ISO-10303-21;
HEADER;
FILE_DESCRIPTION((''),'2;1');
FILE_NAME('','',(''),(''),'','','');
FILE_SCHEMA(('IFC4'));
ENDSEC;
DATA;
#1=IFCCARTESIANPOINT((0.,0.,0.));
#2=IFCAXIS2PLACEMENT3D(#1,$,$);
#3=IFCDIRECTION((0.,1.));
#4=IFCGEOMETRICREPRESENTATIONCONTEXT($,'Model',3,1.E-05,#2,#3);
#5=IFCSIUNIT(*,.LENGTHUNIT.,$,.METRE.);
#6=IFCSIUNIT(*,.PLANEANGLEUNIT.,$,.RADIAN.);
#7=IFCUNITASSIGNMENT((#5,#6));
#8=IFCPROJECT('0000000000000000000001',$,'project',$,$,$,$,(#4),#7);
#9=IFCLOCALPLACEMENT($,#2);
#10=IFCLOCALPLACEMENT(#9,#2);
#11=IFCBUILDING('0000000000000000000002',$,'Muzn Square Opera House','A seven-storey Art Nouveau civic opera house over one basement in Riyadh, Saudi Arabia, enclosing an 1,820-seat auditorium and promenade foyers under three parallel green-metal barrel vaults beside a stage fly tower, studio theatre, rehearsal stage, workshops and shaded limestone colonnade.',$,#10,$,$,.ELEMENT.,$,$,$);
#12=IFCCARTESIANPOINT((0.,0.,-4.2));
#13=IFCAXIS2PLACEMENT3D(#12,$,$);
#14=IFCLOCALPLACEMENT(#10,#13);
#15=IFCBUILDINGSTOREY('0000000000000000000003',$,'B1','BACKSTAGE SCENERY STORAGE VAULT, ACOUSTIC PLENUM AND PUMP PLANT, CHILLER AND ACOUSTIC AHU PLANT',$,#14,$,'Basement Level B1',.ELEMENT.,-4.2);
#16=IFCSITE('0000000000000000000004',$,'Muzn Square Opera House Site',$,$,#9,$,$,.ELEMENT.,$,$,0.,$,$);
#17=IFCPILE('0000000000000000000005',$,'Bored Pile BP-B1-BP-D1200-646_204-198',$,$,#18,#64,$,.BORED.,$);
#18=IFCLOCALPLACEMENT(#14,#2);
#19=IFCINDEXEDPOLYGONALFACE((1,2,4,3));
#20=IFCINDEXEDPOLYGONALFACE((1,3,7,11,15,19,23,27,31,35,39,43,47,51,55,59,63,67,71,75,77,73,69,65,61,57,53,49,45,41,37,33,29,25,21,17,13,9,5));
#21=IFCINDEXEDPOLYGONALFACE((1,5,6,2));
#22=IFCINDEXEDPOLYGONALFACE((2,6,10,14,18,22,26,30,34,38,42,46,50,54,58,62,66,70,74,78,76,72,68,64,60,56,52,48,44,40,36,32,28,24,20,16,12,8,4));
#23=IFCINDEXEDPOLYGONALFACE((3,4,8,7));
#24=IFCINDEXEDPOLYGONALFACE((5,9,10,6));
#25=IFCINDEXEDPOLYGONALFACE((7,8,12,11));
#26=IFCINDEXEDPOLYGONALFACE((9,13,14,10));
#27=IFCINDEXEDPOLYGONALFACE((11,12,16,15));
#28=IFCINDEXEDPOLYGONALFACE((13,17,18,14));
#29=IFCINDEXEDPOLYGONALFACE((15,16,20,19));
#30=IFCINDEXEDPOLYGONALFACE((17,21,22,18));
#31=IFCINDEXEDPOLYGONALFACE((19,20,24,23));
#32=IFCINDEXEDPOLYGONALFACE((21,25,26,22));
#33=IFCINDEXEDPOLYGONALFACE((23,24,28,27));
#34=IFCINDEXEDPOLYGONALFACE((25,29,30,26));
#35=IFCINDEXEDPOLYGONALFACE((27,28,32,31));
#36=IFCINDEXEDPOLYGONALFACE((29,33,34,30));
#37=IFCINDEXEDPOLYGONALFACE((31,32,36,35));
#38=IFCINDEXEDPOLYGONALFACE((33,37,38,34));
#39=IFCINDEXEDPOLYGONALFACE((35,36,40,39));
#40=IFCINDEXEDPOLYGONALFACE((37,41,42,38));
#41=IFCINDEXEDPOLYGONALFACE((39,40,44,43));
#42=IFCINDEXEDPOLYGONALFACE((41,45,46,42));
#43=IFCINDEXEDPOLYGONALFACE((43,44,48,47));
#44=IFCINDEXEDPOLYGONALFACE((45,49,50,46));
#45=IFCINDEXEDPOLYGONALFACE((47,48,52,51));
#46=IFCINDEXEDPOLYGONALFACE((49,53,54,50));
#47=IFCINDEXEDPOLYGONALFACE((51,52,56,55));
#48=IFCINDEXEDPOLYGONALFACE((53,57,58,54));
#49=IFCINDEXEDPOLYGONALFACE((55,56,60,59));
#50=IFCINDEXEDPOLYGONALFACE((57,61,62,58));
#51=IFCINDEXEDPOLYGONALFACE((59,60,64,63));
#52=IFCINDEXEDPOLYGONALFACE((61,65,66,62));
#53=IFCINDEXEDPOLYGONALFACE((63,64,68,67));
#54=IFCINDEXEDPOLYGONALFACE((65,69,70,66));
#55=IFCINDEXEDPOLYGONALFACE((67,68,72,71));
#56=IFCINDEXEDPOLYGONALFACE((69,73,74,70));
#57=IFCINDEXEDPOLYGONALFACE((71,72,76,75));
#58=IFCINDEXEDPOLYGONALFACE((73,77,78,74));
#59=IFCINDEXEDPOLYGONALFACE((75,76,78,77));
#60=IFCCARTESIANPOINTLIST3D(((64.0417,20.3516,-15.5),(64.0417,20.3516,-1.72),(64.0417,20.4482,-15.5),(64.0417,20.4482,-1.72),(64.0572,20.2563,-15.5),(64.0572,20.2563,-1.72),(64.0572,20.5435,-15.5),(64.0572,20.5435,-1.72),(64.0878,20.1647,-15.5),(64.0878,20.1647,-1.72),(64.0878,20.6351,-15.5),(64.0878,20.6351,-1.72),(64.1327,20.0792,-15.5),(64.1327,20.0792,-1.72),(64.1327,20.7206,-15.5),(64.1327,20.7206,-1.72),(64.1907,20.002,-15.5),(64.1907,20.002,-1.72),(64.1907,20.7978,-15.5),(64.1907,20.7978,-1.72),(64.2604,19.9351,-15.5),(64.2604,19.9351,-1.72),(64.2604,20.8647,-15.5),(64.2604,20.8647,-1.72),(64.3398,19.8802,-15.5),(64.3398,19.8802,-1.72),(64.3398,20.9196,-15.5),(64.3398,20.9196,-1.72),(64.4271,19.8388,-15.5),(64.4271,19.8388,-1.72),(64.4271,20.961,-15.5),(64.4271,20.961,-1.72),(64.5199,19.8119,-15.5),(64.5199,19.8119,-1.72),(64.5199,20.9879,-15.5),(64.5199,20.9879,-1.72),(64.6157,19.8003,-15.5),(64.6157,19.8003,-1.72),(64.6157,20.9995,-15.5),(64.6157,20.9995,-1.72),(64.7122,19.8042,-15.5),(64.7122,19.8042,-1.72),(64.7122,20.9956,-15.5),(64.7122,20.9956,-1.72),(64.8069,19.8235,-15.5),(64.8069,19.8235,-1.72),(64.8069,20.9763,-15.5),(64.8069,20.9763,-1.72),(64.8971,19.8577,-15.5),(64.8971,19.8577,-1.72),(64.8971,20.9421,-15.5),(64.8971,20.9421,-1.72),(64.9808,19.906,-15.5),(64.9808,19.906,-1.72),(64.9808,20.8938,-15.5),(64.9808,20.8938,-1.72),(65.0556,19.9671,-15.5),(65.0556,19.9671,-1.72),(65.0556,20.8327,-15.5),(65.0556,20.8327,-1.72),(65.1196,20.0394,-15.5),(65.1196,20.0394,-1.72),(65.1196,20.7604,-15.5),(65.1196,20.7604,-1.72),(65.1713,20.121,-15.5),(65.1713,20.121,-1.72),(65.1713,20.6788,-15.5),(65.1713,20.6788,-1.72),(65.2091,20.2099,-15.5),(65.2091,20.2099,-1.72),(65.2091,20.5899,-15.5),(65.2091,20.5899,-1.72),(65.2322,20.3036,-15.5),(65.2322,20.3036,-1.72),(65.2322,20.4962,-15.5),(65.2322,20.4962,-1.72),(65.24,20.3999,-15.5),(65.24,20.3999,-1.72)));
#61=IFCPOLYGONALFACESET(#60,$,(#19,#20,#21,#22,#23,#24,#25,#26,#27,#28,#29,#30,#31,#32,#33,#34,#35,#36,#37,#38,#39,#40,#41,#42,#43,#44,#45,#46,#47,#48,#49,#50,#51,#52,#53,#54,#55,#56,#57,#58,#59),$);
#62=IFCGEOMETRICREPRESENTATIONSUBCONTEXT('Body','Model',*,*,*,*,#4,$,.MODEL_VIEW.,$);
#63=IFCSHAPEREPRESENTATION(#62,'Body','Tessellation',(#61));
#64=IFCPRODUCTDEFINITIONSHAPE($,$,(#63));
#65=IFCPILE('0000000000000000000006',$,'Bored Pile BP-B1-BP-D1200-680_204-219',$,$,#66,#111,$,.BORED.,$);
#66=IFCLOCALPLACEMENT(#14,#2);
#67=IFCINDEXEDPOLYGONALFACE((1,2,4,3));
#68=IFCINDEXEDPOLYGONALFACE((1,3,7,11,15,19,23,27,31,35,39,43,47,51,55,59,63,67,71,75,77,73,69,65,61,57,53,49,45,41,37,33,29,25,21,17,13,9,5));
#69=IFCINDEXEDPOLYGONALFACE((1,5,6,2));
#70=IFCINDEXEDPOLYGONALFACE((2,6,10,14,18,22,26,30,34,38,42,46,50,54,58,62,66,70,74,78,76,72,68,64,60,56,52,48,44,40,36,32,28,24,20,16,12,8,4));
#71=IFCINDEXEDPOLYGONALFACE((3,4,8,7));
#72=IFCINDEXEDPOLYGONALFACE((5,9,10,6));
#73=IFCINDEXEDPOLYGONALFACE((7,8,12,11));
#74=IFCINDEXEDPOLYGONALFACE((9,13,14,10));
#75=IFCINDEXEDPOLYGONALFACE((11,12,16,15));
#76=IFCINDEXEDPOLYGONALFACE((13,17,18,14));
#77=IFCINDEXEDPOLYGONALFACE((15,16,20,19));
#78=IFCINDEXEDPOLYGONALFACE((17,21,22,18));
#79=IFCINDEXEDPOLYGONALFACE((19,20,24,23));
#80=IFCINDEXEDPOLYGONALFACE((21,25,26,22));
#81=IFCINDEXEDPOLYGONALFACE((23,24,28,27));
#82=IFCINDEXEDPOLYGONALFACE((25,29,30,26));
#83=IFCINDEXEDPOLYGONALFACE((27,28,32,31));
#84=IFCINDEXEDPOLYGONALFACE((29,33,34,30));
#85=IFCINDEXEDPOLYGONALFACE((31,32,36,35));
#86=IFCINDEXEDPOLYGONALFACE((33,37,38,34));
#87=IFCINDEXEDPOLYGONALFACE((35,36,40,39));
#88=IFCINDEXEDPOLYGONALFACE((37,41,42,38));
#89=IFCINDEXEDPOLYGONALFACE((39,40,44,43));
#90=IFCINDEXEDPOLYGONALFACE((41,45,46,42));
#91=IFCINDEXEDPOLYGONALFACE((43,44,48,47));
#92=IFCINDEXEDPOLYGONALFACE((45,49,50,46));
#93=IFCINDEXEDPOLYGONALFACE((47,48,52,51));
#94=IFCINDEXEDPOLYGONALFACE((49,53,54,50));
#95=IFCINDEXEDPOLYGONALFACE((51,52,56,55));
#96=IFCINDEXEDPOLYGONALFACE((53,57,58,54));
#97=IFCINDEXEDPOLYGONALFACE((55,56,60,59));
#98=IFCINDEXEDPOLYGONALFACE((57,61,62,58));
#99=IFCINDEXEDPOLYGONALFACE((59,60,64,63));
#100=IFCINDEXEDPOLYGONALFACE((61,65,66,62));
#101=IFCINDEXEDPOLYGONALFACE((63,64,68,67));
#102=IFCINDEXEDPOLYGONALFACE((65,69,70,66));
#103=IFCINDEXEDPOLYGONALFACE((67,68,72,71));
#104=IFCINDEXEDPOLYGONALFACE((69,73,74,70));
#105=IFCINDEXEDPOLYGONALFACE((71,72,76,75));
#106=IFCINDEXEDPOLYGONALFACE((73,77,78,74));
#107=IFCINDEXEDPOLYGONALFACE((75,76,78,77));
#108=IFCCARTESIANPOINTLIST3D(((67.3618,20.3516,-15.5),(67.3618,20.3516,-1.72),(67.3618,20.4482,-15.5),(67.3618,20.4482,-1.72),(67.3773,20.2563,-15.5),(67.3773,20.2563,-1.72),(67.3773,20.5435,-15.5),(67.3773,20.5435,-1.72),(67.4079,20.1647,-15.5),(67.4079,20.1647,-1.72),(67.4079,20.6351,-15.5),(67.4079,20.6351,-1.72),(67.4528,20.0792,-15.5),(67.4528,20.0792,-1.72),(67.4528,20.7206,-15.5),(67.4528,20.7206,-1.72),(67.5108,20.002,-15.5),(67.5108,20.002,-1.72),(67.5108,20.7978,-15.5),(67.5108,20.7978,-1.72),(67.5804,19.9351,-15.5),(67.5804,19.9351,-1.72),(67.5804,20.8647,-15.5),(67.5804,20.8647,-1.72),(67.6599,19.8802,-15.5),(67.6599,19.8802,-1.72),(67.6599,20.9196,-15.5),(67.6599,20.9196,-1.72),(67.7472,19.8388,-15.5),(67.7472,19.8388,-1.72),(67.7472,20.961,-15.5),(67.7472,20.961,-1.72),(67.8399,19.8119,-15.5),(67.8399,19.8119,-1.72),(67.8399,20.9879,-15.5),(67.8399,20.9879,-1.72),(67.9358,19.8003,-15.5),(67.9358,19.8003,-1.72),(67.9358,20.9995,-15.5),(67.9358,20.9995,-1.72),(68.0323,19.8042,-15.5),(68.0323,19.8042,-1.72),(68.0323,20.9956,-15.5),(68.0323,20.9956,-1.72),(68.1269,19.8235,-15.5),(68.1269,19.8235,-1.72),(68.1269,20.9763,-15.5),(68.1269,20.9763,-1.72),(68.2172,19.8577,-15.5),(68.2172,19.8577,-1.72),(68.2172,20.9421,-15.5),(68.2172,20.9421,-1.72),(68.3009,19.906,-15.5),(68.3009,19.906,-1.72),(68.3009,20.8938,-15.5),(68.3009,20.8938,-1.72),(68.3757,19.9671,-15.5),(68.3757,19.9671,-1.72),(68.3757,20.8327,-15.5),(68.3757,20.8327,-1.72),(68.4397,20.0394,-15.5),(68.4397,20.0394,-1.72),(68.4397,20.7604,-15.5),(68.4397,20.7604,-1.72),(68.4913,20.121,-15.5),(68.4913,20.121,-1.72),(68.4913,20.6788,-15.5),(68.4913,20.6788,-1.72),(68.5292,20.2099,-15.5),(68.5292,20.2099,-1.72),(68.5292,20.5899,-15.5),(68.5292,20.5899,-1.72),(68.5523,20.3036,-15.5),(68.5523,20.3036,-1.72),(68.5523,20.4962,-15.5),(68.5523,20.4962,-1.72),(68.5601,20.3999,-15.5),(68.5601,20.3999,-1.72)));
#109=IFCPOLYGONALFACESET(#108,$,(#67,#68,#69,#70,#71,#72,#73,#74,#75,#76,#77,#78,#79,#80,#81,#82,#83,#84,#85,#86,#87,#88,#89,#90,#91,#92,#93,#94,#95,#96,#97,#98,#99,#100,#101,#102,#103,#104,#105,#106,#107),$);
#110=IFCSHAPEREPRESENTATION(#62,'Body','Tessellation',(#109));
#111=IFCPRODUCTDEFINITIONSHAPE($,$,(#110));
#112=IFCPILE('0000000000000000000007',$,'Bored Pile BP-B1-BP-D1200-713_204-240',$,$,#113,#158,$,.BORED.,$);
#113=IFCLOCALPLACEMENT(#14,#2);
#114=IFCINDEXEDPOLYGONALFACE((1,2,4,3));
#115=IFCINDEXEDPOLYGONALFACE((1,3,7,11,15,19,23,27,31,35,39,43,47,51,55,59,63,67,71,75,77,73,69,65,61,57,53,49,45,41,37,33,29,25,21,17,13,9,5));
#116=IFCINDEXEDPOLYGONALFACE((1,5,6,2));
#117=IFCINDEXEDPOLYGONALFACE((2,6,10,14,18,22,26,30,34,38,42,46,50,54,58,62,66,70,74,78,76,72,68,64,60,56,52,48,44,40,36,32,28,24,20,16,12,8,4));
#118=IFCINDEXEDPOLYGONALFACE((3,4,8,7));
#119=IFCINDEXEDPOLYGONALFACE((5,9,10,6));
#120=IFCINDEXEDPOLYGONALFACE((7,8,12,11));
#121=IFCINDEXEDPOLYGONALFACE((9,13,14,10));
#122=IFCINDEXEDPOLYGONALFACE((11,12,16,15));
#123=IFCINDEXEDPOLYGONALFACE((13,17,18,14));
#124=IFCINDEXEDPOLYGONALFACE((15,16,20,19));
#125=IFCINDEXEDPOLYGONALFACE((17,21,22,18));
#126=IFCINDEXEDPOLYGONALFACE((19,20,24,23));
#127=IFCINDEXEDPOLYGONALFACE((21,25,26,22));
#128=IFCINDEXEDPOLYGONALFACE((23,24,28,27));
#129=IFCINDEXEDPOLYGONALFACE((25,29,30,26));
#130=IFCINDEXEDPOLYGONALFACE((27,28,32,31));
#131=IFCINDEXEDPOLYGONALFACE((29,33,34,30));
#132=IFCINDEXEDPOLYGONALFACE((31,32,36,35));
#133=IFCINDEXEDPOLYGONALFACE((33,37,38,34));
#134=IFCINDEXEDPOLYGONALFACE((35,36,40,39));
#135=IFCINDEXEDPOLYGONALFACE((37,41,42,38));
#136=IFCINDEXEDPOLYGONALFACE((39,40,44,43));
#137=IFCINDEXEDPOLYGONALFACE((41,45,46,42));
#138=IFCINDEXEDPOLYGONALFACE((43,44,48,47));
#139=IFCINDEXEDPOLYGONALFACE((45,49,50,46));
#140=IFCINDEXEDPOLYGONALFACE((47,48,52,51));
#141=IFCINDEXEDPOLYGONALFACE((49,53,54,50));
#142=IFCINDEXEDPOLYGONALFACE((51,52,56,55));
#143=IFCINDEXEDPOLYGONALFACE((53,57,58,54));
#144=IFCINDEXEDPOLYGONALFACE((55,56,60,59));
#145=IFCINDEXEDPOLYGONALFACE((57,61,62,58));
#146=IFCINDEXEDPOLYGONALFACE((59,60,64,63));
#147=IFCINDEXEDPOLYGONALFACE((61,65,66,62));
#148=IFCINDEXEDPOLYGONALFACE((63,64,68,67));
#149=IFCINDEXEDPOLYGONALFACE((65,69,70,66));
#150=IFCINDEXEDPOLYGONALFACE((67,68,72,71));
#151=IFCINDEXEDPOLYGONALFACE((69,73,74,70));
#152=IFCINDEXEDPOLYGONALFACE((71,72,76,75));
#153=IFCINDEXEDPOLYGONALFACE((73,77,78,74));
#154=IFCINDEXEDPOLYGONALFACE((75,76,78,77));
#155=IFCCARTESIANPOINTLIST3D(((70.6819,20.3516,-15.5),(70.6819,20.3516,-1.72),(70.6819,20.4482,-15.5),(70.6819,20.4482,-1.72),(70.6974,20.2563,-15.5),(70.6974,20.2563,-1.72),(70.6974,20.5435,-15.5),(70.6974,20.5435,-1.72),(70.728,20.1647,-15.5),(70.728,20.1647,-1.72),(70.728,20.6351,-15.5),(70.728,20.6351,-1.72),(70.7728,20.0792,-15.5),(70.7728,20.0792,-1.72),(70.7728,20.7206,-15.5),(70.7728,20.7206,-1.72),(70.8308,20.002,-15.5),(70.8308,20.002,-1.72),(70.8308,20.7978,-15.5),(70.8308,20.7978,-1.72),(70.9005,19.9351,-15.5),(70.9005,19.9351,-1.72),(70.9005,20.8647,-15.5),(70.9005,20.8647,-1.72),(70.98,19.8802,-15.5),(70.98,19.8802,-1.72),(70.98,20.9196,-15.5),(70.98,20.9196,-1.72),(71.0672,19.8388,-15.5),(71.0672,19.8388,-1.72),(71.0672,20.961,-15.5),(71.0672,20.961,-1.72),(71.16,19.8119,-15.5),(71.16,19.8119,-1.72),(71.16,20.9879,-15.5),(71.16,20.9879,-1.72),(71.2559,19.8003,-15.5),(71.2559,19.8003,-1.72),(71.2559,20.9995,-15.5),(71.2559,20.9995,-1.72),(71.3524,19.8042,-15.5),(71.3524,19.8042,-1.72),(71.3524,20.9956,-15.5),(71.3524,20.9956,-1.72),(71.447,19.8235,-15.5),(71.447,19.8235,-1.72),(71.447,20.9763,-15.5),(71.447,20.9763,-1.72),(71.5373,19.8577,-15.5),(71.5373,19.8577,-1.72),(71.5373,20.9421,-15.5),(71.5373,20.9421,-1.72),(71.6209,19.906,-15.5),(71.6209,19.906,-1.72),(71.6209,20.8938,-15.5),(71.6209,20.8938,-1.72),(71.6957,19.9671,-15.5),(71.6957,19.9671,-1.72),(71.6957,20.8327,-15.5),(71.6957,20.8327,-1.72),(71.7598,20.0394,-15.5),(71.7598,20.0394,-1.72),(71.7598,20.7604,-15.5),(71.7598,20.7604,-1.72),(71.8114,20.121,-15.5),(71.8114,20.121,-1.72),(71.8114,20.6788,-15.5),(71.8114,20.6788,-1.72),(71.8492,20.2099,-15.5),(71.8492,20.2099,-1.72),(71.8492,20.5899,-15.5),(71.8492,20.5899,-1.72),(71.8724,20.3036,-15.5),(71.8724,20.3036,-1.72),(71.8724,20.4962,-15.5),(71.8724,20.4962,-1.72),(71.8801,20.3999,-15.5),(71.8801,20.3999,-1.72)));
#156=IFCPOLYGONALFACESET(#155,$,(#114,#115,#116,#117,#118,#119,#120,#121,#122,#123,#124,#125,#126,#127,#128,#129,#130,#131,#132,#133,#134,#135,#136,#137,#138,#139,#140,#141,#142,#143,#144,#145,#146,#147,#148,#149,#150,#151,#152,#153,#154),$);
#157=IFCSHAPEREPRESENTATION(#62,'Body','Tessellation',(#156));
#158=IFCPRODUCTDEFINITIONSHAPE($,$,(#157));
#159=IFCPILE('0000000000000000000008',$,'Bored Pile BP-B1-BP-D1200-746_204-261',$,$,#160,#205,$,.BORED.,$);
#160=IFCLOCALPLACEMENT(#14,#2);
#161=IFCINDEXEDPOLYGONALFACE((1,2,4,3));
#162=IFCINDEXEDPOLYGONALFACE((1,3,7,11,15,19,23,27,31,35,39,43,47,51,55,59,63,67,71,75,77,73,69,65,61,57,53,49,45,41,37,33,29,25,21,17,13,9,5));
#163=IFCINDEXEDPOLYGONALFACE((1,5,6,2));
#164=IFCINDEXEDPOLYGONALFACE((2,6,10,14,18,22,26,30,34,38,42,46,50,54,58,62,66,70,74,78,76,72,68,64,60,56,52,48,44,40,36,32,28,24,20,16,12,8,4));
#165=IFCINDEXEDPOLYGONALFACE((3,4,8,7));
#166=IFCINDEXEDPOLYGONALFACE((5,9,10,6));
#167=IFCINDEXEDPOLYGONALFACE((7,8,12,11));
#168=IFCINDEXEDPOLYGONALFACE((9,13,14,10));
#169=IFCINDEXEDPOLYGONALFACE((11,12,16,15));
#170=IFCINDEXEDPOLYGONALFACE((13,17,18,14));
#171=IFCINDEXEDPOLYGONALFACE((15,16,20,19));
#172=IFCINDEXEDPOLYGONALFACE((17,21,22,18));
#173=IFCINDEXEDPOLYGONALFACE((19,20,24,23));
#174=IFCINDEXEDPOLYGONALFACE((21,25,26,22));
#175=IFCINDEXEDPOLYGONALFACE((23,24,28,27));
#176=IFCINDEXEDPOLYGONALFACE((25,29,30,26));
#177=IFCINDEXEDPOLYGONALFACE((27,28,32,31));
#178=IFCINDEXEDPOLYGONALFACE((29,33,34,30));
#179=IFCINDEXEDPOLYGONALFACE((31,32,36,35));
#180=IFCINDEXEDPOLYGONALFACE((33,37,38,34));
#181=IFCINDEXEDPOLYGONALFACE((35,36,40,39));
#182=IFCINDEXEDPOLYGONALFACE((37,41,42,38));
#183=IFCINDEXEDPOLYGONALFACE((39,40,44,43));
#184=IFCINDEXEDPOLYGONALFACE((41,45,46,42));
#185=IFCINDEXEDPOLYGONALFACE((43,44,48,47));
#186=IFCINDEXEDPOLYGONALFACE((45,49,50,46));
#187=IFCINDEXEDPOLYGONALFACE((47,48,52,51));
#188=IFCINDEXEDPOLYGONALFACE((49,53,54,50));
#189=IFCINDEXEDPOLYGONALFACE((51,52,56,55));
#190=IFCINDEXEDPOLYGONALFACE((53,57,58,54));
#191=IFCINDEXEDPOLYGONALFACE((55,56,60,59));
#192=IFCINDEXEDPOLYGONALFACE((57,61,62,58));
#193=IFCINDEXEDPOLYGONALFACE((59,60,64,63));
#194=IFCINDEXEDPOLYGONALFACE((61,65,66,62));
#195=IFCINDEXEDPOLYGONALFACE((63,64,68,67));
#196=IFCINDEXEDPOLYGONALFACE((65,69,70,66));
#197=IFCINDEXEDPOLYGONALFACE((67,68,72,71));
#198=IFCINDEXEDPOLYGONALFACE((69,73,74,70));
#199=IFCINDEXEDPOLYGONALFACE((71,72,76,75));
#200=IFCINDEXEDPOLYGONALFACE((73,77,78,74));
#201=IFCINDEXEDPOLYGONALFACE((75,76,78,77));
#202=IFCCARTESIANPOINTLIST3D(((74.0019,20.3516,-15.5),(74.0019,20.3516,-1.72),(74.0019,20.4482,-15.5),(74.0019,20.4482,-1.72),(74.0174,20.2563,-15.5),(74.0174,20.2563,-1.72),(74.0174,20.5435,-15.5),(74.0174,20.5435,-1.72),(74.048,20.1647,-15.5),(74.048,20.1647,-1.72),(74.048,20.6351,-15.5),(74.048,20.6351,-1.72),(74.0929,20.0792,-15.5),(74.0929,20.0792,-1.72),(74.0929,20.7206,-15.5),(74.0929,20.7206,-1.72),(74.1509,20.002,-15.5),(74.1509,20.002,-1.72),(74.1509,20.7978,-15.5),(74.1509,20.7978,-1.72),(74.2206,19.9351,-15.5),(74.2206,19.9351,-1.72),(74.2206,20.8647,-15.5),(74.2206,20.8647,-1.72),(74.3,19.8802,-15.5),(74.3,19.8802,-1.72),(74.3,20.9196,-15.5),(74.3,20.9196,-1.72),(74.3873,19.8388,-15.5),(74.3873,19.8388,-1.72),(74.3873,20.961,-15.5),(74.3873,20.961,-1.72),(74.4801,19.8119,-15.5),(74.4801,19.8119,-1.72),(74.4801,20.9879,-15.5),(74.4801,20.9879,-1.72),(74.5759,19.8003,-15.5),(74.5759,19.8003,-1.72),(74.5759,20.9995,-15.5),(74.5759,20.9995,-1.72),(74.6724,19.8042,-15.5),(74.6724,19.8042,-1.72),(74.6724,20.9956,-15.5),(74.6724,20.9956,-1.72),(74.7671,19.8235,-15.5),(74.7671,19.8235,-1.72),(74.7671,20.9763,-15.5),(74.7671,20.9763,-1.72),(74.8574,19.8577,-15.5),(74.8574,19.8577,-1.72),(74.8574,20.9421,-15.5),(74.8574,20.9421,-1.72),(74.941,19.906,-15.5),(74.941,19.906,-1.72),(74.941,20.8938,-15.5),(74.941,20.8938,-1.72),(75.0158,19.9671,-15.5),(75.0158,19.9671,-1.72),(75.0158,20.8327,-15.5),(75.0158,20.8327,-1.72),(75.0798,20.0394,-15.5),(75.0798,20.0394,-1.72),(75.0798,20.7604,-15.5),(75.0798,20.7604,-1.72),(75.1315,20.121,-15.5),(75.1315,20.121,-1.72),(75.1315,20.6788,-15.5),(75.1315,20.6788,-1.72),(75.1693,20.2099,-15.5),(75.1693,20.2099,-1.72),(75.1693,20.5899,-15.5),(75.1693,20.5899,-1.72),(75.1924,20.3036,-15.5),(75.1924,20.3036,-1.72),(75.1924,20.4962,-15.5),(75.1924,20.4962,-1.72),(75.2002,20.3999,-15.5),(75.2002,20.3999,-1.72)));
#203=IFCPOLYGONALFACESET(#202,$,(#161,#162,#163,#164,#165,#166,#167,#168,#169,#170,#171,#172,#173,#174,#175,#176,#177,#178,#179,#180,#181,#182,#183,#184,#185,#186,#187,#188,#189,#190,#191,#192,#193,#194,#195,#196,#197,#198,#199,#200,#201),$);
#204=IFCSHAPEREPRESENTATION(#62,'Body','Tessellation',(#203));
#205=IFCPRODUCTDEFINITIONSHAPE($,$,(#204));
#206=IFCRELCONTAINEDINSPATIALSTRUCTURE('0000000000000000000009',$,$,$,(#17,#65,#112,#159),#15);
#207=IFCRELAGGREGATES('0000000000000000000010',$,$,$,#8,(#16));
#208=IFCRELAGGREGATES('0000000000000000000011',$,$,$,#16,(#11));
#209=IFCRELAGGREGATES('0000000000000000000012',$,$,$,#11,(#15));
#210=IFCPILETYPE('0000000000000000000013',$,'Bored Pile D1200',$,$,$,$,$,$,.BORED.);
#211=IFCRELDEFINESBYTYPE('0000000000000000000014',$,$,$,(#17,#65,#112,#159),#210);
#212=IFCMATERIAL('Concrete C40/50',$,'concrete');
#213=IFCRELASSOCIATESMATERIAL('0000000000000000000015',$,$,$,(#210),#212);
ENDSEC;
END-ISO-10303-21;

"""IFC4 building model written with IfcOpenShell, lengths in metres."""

from ifc_helpers import new_model, si_unit, direction, frame, origin, origin_2d, place, context, subcontext, project, spatial, circle, extrude, material, material_profile, profile_set, type_object, element, save


model = new_model("IFC4")

# Units and contexts
model_context = context("Model", 3, precision=1e-05, world=origin(), true_north=direction((0.0, 1.0)))
body_context = subcontext(model_context, "Body", "Model", "MODEL_VIEW")
ifc_project = project(units=[si_unit("LENGTHUNIT", "METRE"), si_unit("PLANEANGLEUNIT", "RADIAN")], contexts=[model_context])

# Site, building, storey
site_placement = place(None, origin())
site = spatial("IfcSite", under=ifc_project, at=site_placement, Name="Muzn Square Opera House Site", CompositionType="ELEMENT", RefElevation=0.0)
building_placement = place(site_placement, origin())
building = spatial("IfcBuilding", under=site, at=building_placement, Name="Muzn Square Opera House", Description="A seven-storey Art Nouveau civic opera house over one basement in Riyadh, Saudi Arabia, enclosing an 1,820-seat auditorium and promenade foyers under three parallel green-metal barrel vaults beside a stage fly tower, studio theatre, rehearsal stage, workshops and shaded limestone colonnade.", CompositionType="ELEMENT")
storey_placement = place(building_placement, frame((0.0, 0.0, -4.2)))
storey = spatial("IfcBuildingStorey", under=building, at=storey_placement, Name="B1", Description="BACKSTAGE SCENERY STORAGE VAULT, ACOUSTIC PLENUM AND PUMP PLANT, CHILLER AND ACOUSTIC AHU PLANT", LongName="Basement Level B1", CompositionType="ELEMENT", Elevation=-4.2)

# Piles
ifc_material_1 = material(Name="Concrete C40/50", Category="concrete")
ifc_material_profile_1 = material_profile(ifc_material_1, circle(Radius=0.6001, at=origin_2d()), Name="BORED PILE D1200", Category="concrete")
ifc_profile_set_1 = profile_set([ifc_material_profile_1], Name="Concrete C40/50")
pile_type = type_object("IfcPileType", Name="Bored Pile D1200", PredefinedType="BORED", material=ifc_profile_set_1)
for number, where, z_axis, x_axis, name in (
    (1, (64.6399, 20.3999, -1.72), (0.0, 0.0, -1.0), (1.0, 0.0, 0.0), "Bored Pile BP-B1-BP-D1200-646_204-198"),
    (2, (67.96, 20.3999, -1.72), (0.0, 0.0, -1.0), (1.0, 0.0, 0.0), "Bored Pile BP-B1-BP-D1200-680_204-219"),
    (3, (71.28, 20.3999, -1.72), (0.0, 0.0, -1.0), (1.0, 0.0, 0.0), "Bored Pile BP-B1-BP-D1200-713_204-240"),
    (4, (74.6001, 20.3999, -1.72), (0.0, 0.0, -1.0), (1.0, 0.0, 0.0), "Bored Pile BP-B1-BP-D1200-746_204-261"),
):
    element("IfcPile", number, at=place(storey_placement, frame(where, z_axis=z_axis, x_axis=x_axis)), inside=storey, type_object=pile_type, Name=name, PredefinedType="BORED", context=body_context, shape_type="SweptSolid", body=[
        extrude(circle(Radius=0.6001, at=origin_2d()), origin(), (0.0, 0.0, 1.0), 13.78),
    ])

save(model, "model.ifc")
